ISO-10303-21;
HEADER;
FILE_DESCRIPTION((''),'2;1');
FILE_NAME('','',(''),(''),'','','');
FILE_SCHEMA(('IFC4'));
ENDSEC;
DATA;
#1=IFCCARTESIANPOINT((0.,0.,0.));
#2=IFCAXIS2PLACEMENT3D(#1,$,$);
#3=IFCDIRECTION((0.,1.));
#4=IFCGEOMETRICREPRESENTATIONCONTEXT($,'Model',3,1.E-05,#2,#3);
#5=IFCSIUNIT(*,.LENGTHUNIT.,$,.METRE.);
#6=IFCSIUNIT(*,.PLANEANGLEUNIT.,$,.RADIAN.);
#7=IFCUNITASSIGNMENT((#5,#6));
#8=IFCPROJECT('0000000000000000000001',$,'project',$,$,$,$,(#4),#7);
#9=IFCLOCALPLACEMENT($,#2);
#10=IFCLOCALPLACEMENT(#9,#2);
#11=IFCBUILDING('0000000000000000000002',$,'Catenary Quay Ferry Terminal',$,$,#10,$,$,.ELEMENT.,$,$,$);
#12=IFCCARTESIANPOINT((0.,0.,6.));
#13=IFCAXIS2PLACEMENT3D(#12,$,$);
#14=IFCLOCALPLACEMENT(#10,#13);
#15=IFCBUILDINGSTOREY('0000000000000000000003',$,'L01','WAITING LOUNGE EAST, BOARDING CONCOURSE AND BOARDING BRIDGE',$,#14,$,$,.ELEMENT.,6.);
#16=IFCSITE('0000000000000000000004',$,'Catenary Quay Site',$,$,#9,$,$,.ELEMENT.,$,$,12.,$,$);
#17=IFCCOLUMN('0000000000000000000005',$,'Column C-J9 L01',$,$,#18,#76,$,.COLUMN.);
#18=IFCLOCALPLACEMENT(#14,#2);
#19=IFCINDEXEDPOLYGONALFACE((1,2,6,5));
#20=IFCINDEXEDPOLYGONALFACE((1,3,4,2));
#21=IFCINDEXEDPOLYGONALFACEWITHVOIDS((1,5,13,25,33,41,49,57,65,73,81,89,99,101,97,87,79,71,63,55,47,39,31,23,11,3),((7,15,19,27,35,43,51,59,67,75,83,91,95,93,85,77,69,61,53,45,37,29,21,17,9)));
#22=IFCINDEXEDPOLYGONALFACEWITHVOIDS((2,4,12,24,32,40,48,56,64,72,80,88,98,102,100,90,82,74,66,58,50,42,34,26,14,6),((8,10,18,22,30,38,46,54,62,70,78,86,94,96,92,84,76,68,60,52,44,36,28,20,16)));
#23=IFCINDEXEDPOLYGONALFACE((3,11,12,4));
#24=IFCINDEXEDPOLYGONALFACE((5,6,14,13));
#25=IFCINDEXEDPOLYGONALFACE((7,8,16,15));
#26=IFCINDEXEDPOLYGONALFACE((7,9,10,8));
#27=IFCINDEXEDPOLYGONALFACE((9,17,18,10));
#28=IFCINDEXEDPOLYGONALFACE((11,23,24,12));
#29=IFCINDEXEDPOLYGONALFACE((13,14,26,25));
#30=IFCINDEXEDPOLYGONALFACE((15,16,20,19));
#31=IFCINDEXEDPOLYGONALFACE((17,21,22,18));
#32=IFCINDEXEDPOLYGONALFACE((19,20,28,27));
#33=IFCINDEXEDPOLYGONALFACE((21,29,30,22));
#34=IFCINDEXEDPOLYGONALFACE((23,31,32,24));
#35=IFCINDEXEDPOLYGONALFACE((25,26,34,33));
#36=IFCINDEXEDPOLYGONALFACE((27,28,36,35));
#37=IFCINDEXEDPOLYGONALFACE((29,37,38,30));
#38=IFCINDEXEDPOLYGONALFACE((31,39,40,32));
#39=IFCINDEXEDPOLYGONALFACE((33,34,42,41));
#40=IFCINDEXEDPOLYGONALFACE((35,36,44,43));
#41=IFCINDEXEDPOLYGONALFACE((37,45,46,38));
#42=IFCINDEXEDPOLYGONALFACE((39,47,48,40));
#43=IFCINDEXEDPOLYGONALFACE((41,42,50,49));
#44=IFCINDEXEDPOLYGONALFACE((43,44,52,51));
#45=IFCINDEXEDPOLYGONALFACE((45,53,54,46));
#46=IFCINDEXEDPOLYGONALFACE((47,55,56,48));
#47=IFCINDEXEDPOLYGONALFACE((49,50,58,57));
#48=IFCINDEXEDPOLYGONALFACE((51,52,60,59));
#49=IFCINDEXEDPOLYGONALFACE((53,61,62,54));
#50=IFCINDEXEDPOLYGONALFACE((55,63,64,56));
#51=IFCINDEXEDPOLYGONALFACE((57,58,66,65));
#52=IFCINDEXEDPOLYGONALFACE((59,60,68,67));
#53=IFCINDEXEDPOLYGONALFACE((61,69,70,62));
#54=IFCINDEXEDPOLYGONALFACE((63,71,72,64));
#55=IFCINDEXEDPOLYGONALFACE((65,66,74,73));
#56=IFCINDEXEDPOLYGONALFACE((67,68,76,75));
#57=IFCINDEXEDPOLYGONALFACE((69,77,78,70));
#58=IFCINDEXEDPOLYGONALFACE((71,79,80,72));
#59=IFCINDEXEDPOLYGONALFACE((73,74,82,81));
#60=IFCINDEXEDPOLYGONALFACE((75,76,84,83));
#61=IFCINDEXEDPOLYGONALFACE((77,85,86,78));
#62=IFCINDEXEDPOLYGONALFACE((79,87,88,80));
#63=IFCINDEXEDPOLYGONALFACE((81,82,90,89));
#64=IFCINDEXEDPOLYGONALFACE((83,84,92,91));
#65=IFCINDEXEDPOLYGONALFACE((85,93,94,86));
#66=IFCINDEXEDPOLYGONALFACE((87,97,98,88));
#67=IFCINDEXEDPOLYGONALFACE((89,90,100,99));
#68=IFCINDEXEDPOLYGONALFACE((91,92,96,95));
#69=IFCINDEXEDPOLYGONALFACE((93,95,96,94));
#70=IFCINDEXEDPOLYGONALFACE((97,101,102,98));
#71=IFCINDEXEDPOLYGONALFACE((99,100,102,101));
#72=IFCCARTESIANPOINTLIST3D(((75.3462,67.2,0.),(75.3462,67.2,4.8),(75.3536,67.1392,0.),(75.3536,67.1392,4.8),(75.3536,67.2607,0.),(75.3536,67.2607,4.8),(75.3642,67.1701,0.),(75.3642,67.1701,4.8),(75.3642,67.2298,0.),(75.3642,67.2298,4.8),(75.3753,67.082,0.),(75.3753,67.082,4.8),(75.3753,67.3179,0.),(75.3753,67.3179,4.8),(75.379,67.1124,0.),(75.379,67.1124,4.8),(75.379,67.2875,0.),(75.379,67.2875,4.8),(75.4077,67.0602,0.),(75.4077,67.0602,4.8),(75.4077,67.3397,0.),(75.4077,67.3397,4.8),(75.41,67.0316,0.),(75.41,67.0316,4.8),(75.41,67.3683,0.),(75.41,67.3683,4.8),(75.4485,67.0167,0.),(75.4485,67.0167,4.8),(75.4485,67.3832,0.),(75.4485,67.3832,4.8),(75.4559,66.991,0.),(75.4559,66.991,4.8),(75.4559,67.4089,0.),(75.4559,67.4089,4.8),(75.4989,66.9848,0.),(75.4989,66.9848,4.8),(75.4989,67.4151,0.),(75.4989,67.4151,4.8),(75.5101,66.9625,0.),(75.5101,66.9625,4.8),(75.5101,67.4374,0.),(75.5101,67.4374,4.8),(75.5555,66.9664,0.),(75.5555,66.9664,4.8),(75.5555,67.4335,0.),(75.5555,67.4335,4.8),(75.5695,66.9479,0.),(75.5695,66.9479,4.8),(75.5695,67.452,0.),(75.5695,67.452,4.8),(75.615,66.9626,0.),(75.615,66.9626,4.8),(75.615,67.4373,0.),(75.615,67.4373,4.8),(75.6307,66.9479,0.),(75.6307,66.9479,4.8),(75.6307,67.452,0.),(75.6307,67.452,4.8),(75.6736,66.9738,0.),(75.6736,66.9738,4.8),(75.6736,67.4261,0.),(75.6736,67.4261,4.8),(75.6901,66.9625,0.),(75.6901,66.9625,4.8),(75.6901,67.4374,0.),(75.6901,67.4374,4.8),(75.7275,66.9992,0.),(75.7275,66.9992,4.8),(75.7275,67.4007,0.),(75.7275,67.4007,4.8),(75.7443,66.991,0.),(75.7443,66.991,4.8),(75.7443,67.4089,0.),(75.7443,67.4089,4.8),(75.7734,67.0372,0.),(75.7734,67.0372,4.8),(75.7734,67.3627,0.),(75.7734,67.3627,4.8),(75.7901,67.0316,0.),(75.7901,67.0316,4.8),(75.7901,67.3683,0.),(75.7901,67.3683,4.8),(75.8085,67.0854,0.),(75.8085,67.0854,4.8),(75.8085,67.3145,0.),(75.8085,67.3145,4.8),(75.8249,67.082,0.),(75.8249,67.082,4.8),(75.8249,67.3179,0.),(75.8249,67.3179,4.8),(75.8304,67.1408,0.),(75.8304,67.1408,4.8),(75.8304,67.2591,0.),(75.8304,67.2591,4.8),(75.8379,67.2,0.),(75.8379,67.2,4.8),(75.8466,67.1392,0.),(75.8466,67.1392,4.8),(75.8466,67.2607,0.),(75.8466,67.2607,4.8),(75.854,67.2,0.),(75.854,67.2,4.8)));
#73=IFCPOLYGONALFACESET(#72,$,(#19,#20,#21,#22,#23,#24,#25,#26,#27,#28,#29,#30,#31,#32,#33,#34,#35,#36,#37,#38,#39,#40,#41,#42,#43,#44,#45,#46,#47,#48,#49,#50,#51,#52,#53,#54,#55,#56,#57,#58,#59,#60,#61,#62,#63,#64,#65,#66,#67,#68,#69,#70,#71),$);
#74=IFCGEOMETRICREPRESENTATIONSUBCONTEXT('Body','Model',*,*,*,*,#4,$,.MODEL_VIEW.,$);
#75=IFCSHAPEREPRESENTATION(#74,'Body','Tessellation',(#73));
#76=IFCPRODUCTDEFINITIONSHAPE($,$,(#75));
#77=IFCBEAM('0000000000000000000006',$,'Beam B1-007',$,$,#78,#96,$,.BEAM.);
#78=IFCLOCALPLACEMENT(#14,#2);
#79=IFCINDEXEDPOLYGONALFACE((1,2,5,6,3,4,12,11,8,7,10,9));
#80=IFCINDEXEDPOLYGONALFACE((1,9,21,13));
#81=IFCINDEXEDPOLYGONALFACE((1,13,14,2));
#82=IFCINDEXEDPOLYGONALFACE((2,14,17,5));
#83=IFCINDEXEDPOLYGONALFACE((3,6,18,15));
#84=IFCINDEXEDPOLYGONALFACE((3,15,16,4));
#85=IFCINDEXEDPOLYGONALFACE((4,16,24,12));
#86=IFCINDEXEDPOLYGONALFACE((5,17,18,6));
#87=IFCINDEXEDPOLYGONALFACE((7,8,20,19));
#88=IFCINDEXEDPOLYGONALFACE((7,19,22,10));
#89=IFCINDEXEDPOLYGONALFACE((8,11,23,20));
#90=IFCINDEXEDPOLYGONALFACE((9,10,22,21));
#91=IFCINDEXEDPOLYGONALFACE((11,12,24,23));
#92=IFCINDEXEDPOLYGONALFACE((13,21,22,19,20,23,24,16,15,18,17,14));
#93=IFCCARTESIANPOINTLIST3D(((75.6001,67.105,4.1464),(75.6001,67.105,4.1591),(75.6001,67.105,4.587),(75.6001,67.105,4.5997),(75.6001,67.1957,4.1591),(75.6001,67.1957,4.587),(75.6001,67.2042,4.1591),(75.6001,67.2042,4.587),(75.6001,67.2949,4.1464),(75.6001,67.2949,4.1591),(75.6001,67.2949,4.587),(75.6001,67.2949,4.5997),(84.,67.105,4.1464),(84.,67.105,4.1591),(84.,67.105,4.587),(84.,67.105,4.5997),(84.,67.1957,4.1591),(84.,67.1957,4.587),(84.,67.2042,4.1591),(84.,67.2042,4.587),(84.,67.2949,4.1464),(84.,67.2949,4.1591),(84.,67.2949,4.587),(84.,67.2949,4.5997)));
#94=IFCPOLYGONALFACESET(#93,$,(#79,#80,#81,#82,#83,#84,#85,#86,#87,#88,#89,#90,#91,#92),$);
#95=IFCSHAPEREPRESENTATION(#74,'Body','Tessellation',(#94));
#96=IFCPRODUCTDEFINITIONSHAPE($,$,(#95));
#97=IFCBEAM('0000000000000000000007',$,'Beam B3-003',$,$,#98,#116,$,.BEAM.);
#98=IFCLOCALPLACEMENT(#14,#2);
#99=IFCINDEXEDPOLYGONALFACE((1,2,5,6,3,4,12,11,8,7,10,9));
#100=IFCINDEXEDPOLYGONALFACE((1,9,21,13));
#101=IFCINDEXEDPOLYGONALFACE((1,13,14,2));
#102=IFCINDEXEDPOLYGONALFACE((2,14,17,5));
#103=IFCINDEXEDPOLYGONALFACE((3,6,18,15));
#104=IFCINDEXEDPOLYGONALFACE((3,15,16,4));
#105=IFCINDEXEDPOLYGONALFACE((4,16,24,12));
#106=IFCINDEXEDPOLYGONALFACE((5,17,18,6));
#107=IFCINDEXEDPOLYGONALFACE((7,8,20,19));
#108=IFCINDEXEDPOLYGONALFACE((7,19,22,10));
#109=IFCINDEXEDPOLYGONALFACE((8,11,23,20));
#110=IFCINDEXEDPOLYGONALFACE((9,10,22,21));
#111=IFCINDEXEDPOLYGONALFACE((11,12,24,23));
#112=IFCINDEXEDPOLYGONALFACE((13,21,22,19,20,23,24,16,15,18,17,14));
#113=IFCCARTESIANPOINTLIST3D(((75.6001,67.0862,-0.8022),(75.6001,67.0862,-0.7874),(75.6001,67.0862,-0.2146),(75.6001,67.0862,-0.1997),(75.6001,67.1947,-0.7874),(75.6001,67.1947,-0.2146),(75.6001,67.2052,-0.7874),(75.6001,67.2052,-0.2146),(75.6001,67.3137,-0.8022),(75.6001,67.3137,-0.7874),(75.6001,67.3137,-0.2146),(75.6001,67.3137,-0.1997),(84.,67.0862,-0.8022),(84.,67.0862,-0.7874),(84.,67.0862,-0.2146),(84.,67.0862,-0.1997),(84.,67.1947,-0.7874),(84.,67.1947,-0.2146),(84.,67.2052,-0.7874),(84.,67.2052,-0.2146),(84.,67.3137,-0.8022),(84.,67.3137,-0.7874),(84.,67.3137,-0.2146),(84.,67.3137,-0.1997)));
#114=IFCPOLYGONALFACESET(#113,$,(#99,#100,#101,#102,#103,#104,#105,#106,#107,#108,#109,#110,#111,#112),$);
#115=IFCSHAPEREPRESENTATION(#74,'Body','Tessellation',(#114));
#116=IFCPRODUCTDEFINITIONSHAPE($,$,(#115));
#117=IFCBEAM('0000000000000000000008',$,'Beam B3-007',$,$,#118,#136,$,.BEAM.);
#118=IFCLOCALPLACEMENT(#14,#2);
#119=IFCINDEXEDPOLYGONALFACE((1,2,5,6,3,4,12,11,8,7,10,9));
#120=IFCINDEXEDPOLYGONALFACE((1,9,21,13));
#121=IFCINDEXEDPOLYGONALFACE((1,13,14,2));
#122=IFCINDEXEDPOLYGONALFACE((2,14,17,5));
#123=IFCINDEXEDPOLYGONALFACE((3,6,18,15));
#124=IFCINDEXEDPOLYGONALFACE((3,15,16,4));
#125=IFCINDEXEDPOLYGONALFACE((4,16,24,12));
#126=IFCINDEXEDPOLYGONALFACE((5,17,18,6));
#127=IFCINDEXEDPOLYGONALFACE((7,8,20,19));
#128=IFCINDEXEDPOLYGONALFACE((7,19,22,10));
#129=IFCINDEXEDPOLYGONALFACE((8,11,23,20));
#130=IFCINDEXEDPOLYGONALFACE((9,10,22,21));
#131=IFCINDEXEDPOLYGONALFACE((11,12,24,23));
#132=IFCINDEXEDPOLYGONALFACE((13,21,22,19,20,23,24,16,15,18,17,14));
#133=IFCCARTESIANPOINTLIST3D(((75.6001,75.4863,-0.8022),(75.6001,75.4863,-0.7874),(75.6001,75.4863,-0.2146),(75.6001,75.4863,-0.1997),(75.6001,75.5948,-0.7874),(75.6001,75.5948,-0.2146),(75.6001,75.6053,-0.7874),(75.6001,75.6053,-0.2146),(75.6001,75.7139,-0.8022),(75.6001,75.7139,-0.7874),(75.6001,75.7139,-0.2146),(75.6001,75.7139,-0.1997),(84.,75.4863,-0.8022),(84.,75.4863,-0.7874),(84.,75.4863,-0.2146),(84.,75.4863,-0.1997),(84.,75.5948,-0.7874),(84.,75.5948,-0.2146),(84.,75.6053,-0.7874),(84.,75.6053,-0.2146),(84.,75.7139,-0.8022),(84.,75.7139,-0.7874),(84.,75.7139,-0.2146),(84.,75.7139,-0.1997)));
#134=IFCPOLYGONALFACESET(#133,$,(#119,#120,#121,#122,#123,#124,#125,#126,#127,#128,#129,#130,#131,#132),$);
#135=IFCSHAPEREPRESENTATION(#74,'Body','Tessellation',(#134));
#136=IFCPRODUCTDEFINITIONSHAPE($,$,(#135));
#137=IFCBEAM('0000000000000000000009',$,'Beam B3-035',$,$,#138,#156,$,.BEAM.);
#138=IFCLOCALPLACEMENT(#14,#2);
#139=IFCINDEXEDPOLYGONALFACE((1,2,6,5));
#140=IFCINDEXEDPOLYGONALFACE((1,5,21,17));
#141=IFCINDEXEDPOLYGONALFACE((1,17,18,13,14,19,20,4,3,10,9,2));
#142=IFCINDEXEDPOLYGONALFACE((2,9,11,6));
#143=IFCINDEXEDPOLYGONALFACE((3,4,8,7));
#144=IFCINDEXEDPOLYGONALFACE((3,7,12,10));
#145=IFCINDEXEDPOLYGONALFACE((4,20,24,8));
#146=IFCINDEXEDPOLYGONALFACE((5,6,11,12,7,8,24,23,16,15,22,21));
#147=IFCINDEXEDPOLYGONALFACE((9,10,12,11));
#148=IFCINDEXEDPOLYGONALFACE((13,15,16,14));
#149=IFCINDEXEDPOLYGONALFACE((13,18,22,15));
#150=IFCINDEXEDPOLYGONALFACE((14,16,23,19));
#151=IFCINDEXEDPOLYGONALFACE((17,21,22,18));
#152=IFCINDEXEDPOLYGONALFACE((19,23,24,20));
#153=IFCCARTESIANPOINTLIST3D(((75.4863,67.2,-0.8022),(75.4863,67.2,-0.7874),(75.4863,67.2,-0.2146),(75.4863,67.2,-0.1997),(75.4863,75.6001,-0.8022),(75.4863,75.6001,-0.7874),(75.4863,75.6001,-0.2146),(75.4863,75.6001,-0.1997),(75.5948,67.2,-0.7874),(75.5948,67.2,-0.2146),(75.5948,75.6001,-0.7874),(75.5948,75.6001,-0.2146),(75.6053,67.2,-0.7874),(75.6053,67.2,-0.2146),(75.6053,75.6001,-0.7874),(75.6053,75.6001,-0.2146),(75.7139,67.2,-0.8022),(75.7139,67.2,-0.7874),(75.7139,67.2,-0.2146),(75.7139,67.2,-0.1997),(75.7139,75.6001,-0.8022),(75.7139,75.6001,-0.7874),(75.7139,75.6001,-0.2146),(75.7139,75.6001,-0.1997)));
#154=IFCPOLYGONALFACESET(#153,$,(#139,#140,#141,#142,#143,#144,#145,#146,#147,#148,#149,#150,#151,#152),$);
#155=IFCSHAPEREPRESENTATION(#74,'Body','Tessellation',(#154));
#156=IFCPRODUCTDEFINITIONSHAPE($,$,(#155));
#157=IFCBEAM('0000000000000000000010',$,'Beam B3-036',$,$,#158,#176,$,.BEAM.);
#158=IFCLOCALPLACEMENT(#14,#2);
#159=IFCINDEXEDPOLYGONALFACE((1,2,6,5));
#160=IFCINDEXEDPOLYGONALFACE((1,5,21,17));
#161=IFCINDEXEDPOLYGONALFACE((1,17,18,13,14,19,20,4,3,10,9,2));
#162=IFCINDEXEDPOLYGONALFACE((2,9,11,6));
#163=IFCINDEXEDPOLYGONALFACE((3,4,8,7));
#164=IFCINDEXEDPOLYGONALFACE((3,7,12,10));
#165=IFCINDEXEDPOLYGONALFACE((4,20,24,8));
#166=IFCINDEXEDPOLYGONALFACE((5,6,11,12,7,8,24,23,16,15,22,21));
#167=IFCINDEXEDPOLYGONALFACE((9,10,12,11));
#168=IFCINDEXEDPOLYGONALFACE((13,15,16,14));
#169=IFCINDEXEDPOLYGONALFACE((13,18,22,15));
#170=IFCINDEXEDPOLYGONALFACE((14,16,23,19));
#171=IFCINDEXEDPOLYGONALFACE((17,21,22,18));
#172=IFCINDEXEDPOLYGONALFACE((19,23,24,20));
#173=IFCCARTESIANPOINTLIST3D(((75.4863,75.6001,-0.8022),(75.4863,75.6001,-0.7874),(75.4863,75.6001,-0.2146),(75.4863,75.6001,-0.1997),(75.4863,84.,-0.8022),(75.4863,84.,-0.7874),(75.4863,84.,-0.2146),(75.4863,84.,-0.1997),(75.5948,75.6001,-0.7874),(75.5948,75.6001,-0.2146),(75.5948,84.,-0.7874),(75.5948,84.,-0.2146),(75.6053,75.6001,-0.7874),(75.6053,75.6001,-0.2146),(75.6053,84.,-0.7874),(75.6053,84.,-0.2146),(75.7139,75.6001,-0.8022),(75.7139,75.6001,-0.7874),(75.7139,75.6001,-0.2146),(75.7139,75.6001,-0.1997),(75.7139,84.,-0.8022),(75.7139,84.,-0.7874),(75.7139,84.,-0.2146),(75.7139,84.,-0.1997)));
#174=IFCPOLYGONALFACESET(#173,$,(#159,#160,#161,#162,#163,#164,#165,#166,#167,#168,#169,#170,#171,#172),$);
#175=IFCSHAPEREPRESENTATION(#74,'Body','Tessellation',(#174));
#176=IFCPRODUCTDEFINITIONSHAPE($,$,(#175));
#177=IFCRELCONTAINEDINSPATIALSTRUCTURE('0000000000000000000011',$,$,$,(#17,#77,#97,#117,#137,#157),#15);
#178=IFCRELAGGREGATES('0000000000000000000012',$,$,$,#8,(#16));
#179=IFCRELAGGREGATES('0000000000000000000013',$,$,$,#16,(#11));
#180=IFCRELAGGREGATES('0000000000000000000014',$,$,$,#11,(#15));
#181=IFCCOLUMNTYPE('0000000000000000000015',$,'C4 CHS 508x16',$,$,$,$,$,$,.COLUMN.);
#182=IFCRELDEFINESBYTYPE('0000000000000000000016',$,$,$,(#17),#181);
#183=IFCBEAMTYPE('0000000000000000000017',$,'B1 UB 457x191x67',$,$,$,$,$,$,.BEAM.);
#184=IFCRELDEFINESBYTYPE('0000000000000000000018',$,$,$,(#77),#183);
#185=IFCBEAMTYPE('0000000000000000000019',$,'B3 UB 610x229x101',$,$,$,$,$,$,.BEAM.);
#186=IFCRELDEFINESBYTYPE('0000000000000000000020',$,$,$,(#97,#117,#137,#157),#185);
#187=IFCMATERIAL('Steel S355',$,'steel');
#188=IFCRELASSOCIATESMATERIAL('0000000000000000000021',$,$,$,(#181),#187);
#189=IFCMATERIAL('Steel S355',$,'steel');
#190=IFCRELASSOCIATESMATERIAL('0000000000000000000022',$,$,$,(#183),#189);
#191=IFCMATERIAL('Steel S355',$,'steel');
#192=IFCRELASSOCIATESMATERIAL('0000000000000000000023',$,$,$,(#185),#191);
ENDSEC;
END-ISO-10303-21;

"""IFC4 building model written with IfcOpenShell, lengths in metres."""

from ifc_helpers import new_model, si_unit, direction, frame, origin, origin_2d, place, context, subcontext, project, spatial, hollow_circle, i_section, extrude, material, material_profile, profile_set, type_object, element, save


model = new_model("IFC4")

# Units and contexts
model_context = context("Model", 3, precision=1e-05, world=origin(), true_north=direction((0.0, 1.0)))
body_context = subcontext(model_context, "Body", "Model", "MODEL_VIEW")
ifc_project = project(units=[si_unit("LENGTHUNIT", "METRE"), si_unit("PLANEANGLEUNIT", "RADIAN")], contexts=[model_context])

# Site, building, storey
site_placement = place(None, origin())
site = spatial("IfcSite", under=ifc_project, at=site_placement, Name="Catenary Quay Site", CompositionType="ELEMENT", RefElevation=12.0)
building_placement = place(site_placement, origin())
building = spatial("IfcBuilding", under=site, at=building_placement, Name="Catenary Quay Ferry Terminal", CompositionType="ELEMENT")
storey_placement = place(building_placement, frame((0.0, 0.0, 6.0)))
storey = spatial("IfcBuildingStorey", under=building, at=storey_placement, Name="L01", Description="WAITING LOUNGE EAST, BOARDING CONCOURSE AND BOARDING BRIDGE", CompositionType="ELEMENT", Elevation=6.0)

# Column
ifc_material_1 = material(Name="Steel S355", Category="steel")
ifc_material_profile_1 = material_profile(ifc_material_1, hollow_circle(Radius=0.2539, WallThickness=0.0161, at=origin_2d()), Name="CHS 508x16")
ifc_profile_set_1 = profile_set([ifc_material_profile_1], Name="Steel S355")
column_type = type_object("IfcColumnType", Name="C4 CHS 508x16", PredefinedType="COLUMN", material=ifc_profile_set_1)
column_placement = place(storey_placement, frame((75.6001, 67.2, 0.0), z_axis=(0.0, 0.0, 1.0), x_axis=(1.0, 0.0, 0.0)))
element("IfcColumn", 1, at=column_placement, inside=storey, type_object=column_type, Name="Column C-J9 L01", PredefinedType="COLUMN", context=body_context, shape_type="SweptSolid", body=[
    extrude(hollow_circle(Radius=0.2539, WallThickness=0.0161, at=origin_2d()), origin(), (0.0, 0.0, 1.0), 4.8),
])

# Beams
ifc_material_2 = material(Name="Steel S355", Category="steel")
ifc_material_profile_2 = material_profile(ifc_material_2, i_section(OverallWidth=0.1899, OverallDepth=0.4534, WebThickness=0.0085, FlangeThickness=0.0127, at=origin_2d()), Name="UB 457x191x67")
ifc_profile_set_2 = profile_set([ifc_material_profile_2], Name="Steel S355")
beam_type_1 = type_object("IfcBeamType", Name="B1 UB 457x191x67", PredefinedType="BEAM", material=ifc_profile_set_2)
beam_1_placement = place(storey_placement, frame((75.6001, 67.2, 4.373), z_axis=(1.0, 0.0, 0.0), x_axis=(0.0, 1.0, 0.0)))
element("IfcBeam", 2, at=beam_1_placement, inside=storey, type_object=beam_type_1, Name="Beam B1-007", PredefinedType="BEAM", context=body_context, shape_type="SweptSolid", body=[
    extrude(i_section(OverallWidth=0.1899, OverallDepth=0.4534, WebThickness=0.0085, FlangeThickness=0.0127, at=origin_2d()), origin(), (0.0, 0.0, 1.0), 8.3999),
])
ifc_material_3 = material(Name="Steel S355", Category="steel")
ifc_material_profile_3 = material_profile(ifc_material_3, i_section(OverallWidth=0.2275, OverallDepth=0.6025, WebThickness=0.0105, FlangeThickness=0.0149, at=origin_2d()), Name="UB 610x229x101")
ifc_profile_set_3 = profile_set([ifc_material_profile_3], Name="Steel S355")
beam_type_2 = type_object("IfcBeamType", Name="B3 UB 610x229x101", PredefinedType="BEAM", material=ifc_profile_set_3)
for number, where, z_axis, x_axis, name in (
    (3, (75.6001, 67.2, -0.501), (1.0, 0.0, 0.0), (0.0, 1.0, 0.0), "Beam B3-003"),
    (4, (75.6001, 75.6001, -0.501), (1.0, 0.0, 0.0), (0.0, 1.0, 0.0), "Beam B3-007"),
):
    element("IfcBeam", number, at=place(storey_placement, frame(where, z_axis=z_axis, x_axis=x_axis)), inside=storey, type_object=beam_type_2, Name=name, PredefinedType="BEAM", context=body_context, shape_type="SweptSolid", body=[
        extrude(i_section(OverallWidth=0.2275, OverallDepth=0.6025, WebThickness=0.0105, FlangeThickness=0.0149, at=origin_2d()), origin(), (0.0, 0.0, 1.0), 8.3999),
    ])
beam_2_placement = place(storey_placement, frame((75.6001, 67.2, -0.501), z_axis=(0.0, 1.0, 0.0), x_axis=(-1.0, 0.0, 0.0)))
element("IfcBeam", 5, at=beam_2_placement, inside=storey, type_object=beam_type_2, Name="Beam B3-035", PredefinedType="BEAM", context=body_context, shape_type="SweptSolid", body=[
    extrude(i_section(OverallWidth=0.2275, OverallDepth=0.6025, WebThickness=0.0105, FlangeThickness=0.0149, at=origin_2d()), origin(), (0.0, 0.0, 1.0), 8.4001),
])
beam_3_placement = place(storey_placement, frame((75.6001, 75.6001, -0.501), z_axis=(0.0, 1.0, 0.0), x_axis=(-1.0, 0.0, 0.0)))
element("IfcBeam", 6, at=beam_3_placement, inside=storey, type_object=beam_type_2, Name="Beam B3-036", PredefinedType="BEAM", context=body_context, shape_type="SweptSolid", body=[
    extrude(i_section(OverallWidth=0.2275, OverallDepth=0.6025, WebThickness=0.0105, FlangeThickness=0.0149, at=origin_2d()), origin(), (0.0, 0.0, 1.0), 8.3999),
])

save(model, "model.ifc")
